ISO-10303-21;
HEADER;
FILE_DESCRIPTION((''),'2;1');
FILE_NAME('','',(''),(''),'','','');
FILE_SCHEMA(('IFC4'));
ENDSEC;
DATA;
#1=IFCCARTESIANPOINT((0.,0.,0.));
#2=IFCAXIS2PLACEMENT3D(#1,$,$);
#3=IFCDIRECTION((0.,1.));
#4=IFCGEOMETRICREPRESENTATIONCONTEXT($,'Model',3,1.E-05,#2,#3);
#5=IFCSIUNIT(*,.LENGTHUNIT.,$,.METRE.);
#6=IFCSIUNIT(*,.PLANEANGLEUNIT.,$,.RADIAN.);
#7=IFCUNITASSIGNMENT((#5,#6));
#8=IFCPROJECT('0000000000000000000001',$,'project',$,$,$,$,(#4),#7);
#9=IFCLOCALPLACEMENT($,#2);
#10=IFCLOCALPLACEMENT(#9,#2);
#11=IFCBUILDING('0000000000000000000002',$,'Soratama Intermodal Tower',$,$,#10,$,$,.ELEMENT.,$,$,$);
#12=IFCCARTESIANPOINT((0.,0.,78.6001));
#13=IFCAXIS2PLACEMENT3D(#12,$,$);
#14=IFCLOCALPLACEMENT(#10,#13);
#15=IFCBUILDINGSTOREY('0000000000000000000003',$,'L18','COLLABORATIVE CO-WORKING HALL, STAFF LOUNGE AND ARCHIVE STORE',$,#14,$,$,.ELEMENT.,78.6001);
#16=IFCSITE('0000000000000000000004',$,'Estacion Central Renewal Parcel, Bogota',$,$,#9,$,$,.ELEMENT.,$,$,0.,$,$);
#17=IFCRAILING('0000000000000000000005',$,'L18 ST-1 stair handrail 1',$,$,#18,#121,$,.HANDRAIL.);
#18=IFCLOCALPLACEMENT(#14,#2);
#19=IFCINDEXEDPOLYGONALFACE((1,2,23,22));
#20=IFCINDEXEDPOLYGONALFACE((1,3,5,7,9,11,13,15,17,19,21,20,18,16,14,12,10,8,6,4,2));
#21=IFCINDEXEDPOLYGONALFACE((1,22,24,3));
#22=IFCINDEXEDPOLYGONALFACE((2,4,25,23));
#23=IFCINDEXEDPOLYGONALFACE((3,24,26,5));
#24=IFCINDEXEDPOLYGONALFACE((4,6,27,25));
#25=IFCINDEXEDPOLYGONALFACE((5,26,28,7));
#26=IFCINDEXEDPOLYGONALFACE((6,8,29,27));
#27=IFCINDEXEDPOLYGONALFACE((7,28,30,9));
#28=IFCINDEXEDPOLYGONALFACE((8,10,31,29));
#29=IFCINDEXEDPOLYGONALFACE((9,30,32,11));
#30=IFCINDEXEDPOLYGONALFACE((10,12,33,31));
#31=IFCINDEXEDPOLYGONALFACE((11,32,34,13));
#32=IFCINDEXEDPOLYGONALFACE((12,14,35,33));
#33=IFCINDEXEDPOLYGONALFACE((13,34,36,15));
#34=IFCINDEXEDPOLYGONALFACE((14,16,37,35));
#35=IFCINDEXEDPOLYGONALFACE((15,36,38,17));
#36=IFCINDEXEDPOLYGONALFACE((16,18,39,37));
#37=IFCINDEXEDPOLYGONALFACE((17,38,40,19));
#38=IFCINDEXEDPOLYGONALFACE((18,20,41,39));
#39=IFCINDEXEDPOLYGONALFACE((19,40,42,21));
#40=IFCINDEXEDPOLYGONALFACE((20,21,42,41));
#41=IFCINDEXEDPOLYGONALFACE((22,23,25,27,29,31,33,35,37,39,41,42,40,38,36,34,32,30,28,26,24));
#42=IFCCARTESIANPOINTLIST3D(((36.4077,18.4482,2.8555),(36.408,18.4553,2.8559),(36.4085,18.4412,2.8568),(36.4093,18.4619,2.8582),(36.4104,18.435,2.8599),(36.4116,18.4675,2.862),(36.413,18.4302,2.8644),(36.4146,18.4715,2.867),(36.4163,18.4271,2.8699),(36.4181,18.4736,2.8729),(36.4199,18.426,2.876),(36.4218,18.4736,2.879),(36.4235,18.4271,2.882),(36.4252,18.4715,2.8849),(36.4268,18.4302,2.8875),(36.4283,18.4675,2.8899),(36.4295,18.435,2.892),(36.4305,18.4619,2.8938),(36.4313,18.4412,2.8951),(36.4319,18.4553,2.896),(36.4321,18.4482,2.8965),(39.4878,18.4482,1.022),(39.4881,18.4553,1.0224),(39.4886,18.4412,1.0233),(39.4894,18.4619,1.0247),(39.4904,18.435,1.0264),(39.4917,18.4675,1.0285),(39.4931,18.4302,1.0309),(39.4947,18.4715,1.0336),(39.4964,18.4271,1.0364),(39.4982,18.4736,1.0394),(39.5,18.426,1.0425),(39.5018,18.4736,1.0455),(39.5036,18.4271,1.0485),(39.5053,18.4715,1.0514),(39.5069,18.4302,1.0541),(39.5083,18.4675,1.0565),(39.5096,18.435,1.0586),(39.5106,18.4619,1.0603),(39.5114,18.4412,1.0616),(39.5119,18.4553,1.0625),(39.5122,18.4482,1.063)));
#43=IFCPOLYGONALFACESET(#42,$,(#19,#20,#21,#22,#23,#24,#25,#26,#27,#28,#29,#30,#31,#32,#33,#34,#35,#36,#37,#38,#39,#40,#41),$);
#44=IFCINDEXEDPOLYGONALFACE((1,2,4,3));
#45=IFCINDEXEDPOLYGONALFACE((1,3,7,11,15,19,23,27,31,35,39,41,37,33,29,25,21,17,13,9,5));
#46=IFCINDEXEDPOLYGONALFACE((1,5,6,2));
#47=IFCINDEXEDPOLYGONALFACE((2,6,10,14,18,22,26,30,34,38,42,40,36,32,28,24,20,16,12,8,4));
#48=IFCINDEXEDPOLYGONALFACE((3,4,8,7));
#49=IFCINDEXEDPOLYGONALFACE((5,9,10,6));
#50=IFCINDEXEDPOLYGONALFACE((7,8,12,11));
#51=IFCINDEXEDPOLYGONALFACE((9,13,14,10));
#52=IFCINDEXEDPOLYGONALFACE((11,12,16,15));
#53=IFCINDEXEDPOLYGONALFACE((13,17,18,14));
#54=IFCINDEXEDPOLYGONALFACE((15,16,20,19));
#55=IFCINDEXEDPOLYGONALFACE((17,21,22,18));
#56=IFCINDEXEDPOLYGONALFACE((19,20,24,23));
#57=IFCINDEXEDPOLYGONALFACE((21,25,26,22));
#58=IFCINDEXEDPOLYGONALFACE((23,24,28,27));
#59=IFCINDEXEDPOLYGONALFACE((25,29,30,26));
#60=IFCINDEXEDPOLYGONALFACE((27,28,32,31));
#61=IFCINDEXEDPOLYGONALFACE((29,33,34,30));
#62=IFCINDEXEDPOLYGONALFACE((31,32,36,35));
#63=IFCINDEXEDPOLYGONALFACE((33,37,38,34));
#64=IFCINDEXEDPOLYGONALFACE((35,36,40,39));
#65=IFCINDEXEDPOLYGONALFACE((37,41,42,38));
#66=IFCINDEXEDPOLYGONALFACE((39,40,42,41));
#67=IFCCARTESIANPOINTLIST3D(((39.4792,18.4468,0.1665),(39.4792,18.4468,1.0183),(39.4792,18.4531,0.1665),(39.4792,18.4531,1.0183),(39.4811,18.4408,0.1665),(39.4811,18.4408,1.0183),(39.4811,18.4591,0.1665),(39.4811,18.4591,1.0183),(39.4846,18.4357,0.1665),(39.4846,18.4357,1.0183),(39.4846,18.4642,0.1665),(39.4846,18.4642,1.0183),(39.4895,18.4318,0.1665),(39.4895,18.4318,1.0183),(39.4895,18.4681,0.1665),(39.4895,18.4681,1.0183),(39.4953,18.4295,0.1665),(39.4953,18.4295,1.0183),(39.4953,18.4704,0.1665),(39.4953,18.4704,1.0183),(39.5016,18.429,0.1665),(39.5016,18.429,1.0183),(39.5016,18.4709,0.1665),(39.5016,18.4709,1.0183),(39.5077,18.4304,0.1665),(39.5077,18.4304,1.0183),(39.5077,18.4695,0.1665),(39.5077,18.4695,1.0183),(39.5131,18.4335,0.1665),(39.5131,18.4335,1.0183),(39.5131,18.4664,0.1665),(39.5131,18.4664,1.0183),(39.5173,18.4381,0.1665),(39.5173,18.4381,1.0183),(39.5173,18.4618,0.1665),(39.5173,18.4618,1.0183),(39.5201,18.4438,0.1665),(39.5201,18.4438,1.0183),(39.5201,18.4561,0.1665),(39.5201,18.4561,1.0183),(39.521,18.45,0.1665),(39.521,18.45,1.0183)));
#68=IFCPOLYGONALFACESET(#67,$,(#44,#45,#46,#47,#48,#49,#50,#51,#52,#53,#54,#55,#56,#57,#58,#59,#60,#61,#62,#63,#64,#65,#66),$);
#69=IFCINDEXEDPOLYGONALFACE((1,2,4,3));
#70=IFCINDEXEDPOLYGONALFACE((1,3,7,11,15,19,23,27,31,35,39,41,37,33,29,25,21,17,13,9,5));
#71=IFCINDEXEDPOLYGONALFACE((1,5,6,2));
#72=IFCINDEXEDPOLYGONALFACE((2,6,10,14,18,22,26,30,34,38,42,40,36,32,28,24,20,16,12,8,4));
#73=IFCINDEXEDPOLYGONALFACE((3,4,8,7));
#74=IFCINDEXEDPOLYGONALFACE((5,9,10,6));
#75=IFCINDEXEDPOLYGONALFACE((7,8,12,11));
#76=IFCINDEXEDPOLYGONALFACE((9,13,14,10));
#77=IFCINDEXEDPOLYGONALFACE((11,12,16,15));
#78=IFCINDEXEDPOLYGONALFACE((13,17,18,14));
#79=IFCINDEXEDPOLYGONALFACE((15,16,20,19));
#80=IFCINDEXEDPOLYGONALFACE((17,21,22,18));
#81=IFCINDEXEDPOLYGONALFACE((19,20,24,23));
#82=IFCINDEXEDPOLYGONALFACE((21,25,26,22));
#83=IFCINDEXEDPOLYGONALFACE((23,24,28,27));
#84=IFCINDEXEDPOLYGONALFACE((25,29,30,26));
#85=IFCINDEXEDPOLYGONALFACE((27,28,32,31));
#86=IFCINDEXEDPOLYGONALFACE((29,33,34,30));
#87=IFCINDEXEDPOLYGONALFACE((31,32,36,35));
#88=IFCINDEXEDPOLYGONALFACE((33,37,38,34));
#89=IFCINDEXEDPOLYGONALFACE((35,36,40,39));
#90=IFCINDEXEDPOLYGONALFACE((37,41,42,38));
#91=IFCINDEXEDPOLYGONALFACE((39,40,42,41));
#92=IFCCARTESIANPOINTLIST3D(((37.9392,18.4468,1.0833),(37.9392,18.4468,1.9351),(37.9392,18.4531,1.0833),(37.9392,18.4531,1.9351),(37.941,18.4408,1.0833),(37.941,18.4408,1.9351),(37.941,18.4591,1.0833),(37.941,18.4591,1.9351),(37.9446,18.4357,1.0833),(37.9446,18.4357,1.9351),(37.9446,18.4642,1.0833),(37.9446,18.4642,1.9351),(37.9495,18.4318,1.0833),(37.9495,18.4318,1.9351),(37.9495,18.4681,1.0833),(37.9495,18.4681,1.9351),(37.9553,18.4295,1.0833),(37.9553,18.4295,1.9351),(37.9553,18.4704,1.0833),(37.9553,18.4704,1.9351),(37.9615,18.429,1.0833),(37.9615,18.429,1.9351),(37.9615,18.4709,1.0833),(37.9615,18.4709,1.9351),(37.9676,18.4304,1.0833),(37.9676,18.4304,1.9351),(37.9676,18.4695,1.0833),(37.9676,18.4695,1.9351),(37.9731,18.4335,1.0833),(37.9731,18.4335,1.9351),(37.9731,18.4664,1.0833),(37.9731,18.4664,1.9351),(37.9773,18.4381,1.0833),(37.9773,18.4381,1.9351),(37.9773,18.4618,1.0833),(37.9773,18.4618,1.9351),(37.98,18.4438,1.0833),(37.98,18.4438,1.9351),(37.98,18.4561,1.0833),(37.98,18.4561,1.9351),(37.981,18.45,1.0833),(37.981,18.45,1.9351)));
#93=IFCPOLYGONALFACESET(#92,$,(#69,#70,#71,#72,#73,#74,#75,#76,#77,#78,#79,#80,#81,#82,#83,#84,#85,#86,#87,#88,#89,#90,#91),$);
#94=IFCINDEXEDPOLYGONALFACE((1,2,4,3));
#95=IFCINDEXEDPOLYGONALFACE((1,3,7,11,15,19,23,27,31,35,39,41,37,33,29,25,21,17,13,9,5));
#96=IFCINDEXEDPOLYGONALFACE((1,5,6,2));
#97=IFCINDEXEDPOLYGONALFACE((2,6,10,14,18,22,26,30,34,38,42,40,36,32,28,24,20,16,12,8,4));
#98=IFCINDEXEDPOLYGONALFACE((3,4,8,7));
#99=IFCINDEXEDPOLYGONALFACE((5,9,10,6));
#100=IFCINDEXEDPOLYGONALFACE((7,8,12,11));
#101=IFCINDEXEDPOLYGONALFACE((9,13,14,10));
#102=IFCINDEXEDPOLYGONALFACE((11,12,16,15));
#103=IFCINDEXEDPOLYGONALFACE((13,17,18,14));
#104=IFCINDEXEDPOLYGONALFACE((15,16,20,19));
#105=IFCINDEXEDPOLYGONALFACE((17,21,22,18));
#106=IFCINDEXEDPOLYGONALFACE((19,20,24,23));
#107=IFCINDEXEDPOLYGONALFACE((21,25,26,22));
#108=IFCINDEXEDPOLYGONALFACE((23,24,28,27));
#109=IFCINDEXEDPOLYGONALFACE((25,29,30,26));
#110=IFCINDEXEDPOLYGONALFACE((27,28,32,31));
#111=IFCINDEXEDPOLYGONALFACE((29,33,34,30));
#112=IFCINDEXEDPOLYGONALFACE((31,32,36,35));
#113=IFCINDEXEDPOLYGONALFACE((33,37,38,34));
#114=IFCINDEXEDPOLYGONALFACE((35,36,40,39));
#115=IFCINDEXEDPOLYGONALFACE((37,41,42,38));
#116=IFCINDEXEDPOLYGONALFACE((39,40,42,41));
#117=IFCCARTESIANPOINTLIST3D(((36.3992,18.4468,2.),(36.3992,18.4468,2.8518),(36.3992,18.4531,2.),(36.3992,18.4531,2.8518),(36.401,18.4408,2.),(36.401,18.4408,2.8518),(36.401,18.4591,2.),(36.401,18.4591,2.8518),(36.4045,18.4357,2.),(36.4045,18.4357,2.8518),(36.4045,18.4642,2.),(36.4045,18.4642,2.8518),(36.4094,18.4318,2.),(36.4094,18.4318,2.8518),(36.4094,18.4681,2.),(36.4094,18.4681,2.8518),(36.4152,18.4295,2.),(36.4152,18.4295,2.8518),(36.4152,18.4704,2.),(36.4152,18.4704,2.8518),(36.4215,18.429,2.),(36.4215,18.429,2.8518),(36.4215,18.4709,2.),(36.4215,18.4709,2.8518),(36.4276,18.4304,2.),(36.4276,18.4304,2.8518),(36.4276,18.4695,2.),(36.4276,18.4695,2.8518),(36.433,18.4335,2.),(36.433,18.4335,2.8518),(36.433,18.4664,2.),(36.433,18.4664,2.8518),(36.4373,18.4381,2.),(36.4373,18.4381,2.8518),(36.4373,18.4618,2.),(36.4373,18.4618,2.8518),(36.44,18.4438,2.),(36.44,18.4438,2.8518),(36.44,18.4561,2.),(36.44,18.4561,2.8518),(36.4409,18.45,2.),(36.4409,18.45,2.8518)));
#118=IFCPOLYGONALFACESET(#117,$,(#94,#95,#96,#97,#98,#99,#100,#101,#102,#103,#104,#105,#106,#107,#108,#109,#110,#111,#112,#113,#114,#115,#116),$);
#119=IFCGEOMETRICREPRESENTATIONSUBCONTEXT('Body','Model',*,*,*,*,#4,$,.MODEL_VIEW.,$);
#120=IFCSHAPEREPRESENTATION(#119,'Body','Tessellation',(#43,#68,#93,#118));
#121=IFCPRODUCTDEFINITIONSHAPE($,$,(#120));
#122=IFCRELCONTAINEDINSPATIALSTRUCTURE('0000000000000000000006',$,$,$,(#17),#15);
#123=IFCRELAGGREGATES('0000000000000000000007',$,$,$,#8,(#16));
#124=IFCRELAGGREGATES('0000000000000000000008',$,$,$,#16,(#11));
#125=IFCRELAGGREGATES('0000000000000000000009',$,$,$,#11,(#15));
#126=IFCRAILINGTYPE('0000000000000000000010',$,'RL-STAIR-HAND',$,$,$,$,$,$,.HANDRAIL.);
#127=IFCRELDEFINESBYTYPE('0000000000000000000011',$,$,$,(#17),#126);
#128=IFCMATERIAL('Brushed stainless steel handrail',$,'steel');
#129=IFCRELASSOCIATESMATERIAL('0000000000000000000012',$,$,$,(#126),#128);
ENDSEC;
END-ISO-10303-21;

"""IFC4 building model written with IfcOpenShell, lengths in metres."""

from ifc_helpers import new_model, si_unit, direction, frame, origin, origin_2d, place, context, subcontext, project, spatial, circle, extrude, material, type_object, element, save


model = new_model("IFC4")

# Units and contexts
model_context = context("Model", 3, precision=1e-05, world=origin(), true_north=direction((0.0, 1.0)))
body_context = subcontext(model_context, "Body", "Model", "MODEL_VIEW")
ifc_project = project(units=[si_unit("LENGTHUNIT", "METRE"), si_unit("PLANEANGLEUNIT", "RADIAN")], contexts=[model_context])

# Site, building, storey
site_placement = place(None, origin())
site = spatial("IfcSite", under=ifc_project, at=site_placement, Name="Estacion Central Renewal Parcel, Bogota", CompositionType="ELEMENT", RefElevation=0.0)
building_placement = place(site_placement, origin())
building = spatial("IfcBuilding", under=site, at=building_placement, Name="Soratama Intermodal Tower", CompositionType="ELEMENT")
storey_placement = place(building_placement, frame((0.0, 0.0, 78.6001)))
storey = spatial("IfcBuildingStorey", under=building, at=storey_placement, Name="L18", Description="COLLABORATIVE CO-WORKING HALL, STAFF LOUNGE AND ARCHIVE STORE", CompositionType="ELEMENT", Elevation=78.6001)

# Railing
ifc_material_1 = material(Name="Brushed stainless steel handrail", Category="steel")
railing_type_1 = type_object("IfcRailingType", Name="RL-STAIR-HAND", PredefinedType="HANDRAIL", material=ifc_material_1)
railing_1_placement = place(storey_placement, frame((39.5, 18.45, 0.1665)))
element("IfcRailing", 1, at=railing_1_placement, inside=storey, type_object=railing_type_1, Name="L18 ST-1 stair handrail 1", PredefinedType="HANDRAIL", context=body_context, shape_type="SweptSolid", body=[
    extrude(circle(Radius=0.0239, at=origin_2d()), frame((0.0, 0.0, 0.876), z_axis=(-0.859279, 0.0, 0.511508), x_axis=(0.0, -1.0, 0.0)), (0.0, 0.0, 1.0), 3.5845),
    extrude(circle(Radius=0.021, at=origin_2d()), origin(), (0.0, 0.0, 1.0), 0.8518),
    extrude(circle(Radius=0.021, at=origin_2d()), frame((-1.54, 0.0, 0.9167)), (0.0, 0.0, 1.0), 0.8518),
    extrude(circle(Radius=0.021, at=origin_2d()), frame((-3.0801, 0.0, 1.8335)), (0.0, 0.0, 1.0), 0.8518),
])

save(model, "model.ifc")
